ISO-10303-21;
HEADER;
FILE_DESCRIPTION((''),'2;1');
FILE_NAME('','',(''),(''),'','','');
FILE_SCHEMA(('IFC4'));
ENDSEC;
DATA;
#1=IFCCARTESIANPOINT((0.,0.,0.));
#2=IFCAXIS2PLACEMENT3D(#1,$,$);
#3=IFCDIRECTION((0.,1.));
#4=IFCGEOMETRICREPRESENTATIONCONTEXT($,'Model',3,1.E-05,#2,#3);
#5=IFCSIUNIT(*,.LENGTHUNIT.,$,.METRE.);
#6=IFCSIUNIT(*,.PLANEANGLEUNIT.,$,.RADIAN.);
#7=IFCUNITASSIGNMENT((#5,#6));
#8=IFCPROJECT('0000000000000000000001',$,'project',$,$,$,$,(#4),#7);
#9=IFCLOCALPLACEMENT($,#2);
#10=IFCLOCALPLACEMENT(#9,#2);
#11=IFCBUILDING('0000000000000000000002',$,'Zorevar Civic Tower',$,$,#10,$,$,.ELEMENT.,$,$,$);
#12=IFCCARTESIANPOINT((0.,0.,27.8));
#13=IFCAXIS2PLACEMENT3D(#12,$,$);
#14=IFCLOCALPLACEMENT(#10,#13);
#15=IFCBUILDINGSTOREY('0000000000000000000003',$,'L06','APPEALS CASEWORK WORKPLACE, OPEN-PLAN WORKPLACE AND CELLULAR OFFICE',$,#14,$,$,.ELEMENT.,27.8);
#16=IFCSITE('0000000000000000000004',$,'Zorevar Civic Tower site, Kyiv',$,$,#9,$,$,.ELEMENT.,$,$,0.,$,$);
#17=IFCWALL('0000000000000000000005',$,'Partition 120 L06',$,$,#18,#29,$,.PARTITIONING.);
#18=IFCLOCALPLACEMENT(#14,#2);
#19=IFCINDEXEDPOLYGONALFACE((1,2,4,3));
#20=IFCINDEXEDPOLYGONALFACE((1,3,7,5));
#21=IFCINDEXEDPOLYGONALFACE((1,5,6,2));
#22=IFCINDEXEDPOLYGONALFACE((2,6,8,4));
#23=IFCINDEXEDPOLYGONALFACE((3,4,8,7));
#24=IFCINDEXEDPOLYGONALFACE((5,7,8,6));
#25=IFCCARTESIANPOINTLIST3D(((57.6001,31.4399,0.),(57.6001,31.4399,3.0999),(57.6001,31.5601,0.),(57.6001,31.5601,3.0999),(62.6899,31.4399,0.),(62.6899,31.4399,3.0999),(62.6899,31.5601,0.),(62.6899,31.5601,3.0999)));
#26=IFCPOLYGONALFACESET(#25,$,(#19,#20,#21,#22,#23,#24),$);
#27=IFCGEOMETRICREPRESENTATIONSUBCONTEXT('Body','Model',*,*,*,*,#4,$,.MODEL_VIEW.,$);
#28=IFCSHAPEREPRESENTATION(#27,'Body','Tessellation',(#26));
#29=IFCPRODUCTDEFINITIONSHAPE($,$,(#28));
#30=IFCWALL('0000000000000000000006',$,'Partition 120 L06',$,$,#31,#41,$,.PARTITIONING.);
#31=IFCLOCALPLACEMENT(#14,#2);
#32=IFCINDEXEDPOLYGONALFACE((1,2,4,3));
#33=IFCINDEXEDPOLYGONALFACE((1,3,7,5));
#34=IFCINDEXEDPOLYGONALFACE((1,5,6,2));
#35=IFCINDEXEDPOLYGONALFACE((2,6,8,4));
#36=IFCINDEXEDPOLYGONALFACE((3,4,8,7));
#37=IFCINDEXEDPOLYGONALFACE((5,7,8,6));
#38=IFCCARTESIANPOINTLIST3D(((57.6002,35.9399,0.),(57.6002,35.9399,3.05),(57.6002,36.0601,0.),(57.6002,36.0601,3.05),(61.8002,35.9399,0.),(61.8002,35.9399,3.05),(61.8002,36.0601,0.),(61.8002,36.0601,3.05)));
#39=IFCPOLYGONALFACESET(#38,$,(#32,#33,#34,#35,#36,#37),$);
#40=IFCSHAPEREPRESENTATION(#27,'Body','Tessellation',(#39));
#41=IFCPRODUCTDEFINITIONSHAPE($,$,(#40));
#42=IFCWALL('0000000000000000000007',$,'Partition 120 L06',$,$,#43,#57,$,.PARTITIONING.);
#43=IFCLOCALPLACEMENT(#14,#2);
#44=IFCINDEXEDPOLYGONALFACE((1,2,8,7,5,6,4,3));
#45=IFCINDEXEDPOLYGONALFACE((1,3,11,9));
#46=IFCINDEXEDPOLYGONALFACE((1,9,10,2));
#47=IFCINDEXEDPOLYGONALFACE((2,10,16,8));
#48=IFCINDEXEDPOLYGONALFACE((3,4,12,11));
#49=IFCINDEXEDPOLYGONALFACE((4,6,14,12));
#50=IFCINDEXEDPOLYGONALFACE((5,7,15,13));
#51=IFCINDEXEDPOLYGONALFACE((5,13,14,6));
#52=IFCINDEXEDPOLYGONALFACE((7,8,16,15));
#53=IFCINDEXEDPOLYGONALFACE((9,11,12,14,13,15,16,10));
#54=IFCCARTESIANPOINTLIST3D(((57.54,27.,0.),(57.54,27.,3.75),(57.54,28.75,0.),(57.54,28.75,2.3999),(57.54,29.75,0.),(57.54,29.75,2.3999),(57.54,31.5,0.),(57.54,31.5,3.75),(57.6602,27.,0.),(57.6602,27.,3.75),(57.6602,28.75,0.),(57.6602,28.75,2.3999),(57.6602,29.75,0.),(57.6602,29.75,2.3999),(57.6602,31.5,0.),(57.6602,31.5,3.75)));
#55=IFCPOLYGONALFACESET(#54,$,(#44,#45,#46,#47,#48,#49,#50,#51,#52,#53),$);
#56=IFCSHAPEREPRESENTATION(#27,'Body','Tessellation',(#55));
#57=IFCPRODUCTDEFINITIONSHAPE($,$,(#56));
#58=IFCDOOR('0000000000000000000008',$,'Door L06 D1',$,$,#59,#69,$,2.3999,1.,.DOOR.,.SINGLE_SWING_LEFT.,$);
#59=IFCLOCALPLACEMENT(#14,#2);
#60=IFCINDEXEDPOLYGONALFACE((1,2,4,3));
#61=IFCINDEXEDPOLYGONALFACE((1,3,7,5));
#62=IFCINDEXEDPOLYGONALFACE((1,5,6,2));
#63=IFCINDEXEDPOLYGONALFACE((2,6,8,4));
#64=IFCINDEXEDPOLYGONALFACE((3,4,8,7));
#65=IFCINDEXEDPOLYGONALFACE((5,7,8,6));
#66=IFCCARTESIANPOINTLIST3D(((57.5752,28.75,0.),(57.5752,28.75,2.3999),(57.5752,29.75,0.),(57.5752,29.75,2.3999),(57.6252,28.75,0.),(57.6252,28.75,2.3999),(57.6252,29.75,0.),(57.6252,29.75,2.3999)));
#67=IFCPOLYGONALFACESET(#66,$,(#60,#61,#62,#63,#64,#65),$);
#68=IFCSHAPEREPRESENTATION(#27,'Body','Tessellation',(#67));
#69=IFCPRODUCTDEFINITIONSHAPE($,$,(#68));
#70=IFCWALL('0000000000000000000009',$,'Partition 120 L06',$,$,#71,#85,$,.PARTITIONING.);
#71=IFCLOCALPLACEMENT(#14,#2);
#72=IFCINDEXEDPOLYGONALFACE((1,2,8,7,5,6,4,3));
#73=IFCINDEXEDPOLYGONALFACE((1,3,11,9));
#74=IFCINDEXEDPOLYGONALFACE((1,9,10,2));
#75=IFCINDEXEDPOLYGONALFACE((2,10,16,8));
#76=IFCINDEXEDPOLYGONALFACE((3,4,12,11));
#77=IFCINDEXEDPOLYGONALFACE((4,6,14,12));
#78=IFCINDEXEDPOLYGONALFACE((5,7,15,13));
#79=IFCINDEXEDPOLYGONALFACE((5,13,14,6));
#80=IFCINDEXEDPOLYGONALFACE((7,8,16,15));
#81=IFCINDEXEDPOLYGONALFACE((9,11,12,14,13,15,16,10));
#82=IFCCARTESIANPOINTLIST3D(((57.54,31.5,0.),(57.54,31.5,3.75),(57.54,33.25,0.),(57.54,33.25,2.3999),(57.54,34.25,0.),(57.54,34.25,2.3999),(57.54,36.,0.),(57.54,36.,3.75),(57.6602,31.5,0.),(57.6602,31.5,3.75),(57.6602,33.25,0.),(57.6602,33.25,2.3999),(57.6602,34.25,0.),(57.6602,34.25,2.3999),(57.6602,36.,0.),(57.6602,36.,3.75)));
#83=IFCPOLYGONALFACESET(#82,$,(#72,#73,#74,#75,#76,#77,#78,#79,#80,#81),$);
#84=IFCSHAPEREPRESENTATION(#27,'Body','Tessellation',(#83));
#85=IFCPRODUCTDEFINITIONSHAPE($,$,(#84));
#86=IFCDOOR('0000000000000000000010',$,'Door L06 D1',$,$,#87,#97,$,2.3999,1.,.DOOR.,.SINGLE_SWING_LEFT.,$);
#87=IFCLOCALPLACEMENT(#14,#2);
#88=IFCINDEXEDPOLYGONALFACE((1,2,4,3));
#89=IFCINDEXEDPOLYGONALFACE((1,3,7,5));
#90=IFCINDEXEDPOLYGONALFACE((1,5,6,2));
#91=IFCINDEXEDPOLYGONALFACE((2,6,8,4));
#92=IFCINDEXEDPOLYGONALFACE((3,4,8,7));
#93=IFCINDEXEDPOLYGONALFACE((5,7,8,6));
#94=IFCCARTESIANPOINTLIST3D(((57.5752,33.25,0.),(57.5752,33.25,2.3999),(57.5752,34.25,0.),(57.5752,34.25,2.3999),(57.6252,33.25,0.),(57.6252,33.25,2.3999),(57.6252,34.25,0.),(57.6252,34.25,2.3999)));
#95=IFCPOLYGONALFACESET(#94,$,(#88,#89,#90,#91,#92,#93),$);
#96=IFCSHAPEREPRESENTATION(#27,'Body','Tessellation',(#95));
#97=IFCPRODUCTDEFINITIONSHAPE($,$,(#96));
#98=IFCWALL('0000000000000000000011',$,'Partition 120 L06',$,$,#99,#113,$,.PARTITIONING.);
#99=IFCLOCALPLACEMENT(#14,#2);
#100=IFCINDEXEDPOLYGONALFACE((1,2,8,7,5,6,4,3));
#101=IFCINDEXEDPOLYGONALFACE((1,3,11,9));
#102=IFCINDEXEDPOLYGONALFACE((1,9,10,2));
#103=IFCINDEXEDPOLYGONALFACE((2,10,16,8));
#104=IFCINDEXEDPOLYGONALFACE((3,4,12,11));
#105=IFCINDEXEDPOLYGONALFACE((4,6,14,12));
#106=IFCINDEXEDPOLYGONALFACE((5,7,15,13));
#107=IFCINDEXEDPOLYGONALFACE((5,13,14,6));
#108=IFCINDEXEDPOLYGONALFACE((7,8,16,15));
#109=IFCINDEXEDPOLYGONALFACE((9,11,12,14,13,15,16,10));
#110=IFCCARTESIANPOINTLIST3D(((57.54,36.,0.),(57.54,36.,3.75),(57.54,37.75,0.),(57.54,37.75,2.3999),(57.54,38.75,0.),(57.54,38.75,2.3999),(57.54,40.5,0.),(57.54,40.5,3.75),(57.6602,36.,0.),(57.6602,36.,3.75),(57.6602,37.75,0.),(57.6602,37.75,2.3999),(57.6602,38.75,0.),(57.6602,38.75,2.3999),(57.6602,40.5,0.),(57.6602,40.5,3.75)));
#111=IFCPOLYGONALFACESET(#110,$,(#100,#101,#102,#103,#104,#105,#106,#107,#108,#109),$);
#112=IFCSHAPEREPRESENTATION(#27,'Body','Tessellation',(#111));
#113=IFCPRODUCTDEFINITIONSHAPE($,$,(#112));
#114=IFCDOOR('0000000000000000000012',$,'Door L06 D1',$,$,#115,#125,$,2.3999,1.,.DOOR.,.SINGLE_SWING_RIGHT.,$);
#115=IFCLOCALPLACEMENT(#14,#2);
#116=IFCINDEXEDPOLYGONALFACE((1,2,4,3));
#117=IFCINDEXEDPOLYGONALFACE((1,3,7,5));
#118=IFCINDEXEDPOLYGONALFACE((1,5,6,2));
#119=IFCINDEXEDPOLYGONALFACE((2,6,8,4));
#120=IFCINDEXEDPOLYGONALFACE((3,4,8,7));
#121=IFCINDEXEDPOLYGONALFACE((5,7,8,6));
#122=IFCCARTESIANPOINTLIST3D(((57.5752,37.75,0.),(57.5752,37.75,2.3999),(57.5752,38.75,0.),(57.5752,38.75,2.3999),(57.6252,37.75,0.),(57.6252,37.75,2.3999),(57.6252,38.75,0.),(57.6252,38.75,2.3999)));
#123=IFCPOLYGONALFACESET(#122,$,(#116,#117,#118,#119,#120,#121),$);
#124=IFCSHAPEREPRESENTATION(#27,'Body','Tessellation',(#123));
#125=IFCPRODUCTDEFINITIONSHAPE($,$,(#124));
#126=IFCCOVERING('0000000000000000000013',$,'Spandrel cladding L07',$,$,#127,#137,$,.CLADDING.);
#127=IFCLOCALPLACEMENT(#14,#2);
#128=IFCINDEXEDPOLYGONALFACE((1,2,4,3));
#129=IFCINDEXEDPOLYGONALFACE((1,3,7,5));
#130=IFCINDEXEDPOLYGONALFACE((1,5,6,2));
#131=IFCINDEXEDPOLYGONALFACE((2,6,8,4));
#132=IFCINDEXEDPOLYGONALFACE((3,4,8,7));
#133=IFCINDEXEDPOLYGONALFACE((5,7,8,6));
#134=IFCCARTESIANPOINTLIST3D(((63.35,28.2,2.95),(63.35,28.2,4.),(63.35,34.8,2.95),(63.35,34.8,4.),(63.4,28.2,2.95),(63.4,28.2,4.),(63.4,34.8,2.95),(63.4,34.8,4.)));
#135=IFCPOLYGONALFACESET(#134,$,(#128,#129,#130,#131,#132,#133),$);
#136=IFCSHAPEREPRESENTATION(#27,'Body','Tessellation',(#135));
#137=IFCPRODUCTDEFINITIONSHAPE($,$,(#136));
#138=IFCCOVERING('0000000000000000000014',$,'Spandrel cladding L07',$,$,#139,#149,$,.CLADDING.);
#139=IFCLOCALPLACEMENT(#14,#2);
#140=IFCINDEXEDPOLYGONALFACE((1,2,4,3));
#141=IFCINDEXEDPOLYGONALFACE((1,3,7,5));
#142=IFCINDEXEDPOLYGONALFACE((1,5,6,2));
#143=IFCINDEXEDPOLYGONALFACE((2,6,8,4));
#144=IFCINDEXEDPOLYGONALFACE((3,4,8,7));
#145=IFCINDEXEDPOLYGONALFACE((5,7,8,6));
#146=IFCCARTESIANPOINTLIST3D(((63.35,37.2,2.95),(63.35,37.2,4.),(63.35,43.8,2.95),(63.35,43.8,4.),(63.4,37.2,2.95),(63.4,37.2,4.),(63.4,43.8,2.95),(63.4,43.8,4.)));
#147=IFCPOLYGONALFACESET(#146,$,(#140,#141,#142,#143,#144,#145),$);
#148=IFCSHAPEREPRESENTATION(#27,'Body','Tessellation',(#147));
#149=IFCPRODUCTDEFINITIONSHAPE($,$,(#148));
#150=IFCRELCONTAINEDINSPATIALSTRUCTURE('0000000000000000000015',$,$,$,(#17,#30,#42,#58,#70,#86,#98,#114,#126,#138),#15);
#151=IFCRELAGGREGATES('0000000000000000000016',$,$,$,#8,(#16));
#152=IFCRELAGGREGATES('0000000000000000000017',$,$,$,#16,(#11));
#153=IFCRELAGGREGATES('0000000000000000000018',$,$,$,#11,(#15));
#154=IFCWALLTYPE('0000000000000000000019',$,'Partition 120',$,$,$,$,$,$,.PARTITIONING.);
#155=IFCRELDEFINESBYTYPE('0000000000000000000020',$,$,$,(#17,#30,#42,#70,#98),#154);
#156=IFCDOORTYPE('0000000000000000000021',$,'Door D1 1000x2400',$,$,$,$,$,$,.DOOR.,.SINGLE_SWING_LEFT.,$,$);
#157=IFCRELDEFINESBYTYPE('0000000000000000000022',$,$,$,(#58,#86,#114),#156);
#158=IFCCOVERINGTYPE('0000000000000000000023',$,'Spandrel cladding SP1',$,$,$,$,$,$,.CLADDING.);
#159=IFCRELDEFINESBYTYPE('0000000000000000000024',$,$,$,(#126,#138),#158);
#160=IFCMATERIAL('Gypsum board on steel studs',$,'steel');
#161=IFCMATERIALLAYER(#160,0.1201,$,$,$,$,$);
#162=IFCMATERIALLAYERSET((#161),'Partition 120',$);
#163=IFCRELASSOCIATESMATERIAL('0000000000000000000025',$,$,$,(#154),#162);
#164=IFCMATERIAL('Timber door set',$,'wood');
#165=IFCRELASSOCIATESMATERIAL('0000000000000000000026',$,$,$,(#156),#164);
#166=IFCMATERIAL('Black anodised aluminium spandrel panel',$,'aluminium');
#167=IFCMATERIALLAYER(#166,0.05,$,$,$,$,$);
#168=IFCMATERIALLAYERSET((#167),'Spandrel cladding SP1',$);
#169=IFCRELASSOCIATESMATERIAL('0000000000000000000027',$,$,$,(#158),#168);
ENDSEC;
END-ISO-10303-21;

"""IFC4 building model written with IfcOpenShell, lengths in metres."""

from ifc_helpers import new_model, si_unit, direction, frame, frame_2d, origin, place, context, subcontext, project, spatial, rectangle, extrude, material, layer, layer_set, type_object, element, fill, save


model = new_model("IFC4")

# Units and contexts
model_context = context("Model", 3, precision=1e-05, world=origin(), true_north=direction((0.0, 1.0)))
body_context = subcontext(model_context, "Body", "Model", "MODEL_VIEW")
ifc_project = project(units=[si_unit("LENGTHUNIT", "METRE"), si_unit("PLANEANGLEUNIT", "RADIAN")], contexts=[model_context])

# Site, building, storey
site_placement = place(None, origin())
site = spatial("IfcSite", under=ifc_project, at=site_placement, Name="Zorevar Civic Tower site, Kyiv", CompositionType="ELEMENT", RefElevation=0.0)
building_placement = place(site_placement, origin())
building = spatial("IfcBuilding", under=site, at=building_placement, Name="Zorevar Civic Tower", CompositionType="ELEMENT")
storey_placement = place(building_placement, frame((0.0, 0.0, 27.8)))
storey = spatial("IfcBuildingStorey", under=building, at=storey_placement, Name="L06", Description="APPEALS CASEWORK WORKPLACE, OPEN-PLAN WORKPLACE AND CELLULAR OFFICE", CompositionType="ELEMENT", Elevation=27.8)

# Walls
ifc_material_1 = material(Name="Gypsum board on steel studs", Category="steel")
ifc_layer_1 = layer(ifc_material_1, 0.1201)
ifc_layer_set_1 = layer_set([ifc_layer_1], Name="Partition 120")
wall_type_1 = type_object("IfcWallType", Name="Partition 120", PredefinedType="PARTITIONING", material=ifc_layer_set_1)
wall_1_placement = place(storey_placement, frame((57.6001, 31.5, 0.0), z_axis=(0.0, 0.0, 1.0), x_axis=(1.0, 0.0, 0.0)))
element("IfcWall", 1, at=wall_1_placement, inside=storey, type_object=wall_type_1, Name="Partition 120 L06", PredefinedType="PARTITIONING", context=body_context, shape_type="SweptSolid", body=[
    extrude(rectangle(XDim=5.0898, YDim=0.1201, at=frame_2d((2.5449, 0.0))), origin(), (0.0, 0.0, 1.0), 3.0999),
])
wall_2_placement = place(storey_placement, frame((57.6001, 36.0, 0.0), z_axis=(0.0, 0.0, 1.0), x_axis=(1.0, 0.0, 0.0)))
element("IfcWall", 2, at=wall_2_placement, inside=storey, type_object=wall_type_1, Name="Partition 120 L06", PredefinedType="PARTITIONING", context=body_context, shape_type="SweptSolid", body=[
    extrude(rectangle(XDim=4.2, YDim=0.1201, at=frame_2d((2.1001, 0.0))), origin(), (0.0, 0.0, 1.0), 3.05),
])

# Walls, openings, doors
wall_3_placement = place(storey_placement, frame((57.6001, 27.0, 0.0), z_axis=(0.0, 0.0, 1.0), x_axis=(0.0, 1.0, 0.0)))
wall_3 = element("IfcWall", 3, at=wall_3_placement, inside=storey, type_object=wall_type_1, Name="Partition 120 L06", PredefinedType="PARTITIONING", context=body_context, shape_type="SweptSolid", body=[
    extrude(rectangle(XDim=4.5, YDim=0.1201, at=frame_2d((2.25, 0.0))), origin(), (0.0, 0.0, 1.0), 3.75),
])
opening_1_placement = place(wall_3_placement, frame((1.75, 0.0, 0.0)))
opening_1 = element("IfcOpeningElement", 4, at=opening_1_placement, cuts=wall_3, PredefinedType="OPENING", context=body_context, shape_type="SweptSolid", body=[
    extrude(rectangle(XDim=1.0, YDim=2.3999, at=frame_2d((0.5, 1.2))), frame((0.0, 0.0701, 0.0), z_axis=(0.0, -1.0, 0.0), x_axis=(1.0, 0.0, 0.0)), (0.0, 0.0, 1.0), 0.1401),
])
ifc_material_2 = material(Name="Timber door set", Category="wood")
door_type_1 = type_object("IfcDoorType", Name="Door D1 1000x2400", OperationType="SINGLE_SWING_LEFT", PredefinedType="DOOR", material=ifc_material_2)
door_1_placement = place(opening_1_placement, origin())
door_1 = element("IfcDoor", 5, at=door_1_placement, inside=storey, type_object=door_type_1, Name="Door L06 D1", OperationType="SINGLE_SWING_LEFT", OverallHeight=2.3999, OverallWidth=1.0, PredefinedType="DOOR", context=body_context, shape_type="SweptSolid", body=[
    extrude(rectangle(XDim=1.0, YDim=2.3999, at=frame_2d((0.5, 1.2))), frame((0.0, 0.0249, 0.0), z_axis=(0.0, -1.0, 0.0), x_axis=(1.0, 0.0, 0.0)), (0.0, 0.0, 1.0), 0.05),
])
fill(opening_1, door_1)
wall_4_placement = place(storey_placement, frame((57.6001, 31.5, 0.0), z_axis=(0.0, 0.0, 1.0), x_axis=(0.0, 1.0, 0.0)))
wall_4 = element("IfcWall", 6, at=wall_4_placement, inside=storey, type_object=wall_type_1, Name="Partition 120 L06", PredefinedType="PARTITIONING", context=body_context, shape_type="SweptSolid", body=[
    extrude(rectangle(XDim=4.5, YDim=0.1201, at=frame_2d((2.25, 0.0))), origin(), (0.0, 0.0, 1.0), 3.75),
])
opening_2_placement = place(wall_4_placement, frame((1.75, 0.0, 0.0)))
opening_2 = element("IfcOpeningElement", 7, at=opening_2_placement, cuts=wall_4, PredefinedType="OPENING", context=body_context, shape_type="SweptSolid", body=[
    extrude(rectangle(XDim=1.0, YDim=2.3999, at=frame_2d((0.5, 1.2))), frame((0.0, 0.0701, 0.0), z_axis=(0.0, -1.0, 0.0), x_axis=(1.0, 0.0, 0.0)), (0.0, 0.0, 1.0), 0.1401),
])
door_2_placement = place(opening_2_placement, origin())
door_2 = element("IfcDoor", 8, at=door_2_placement, inside=storey, type_object=door_type_1, Name="Door L06 D1", OperationType="SINGLE_SWING_LEFT", OverallHeight=2.3999, OverallWidth=1.0, PredefinedType="DOOR", context=body_context, shape_type="SweptSolid", body=[
    extrude(rectangle(XDim=1.0, YDim=2.3999, at=frame_2d((0.5, 1.2))), frame((0.0, 0.0249, 0.0), z_axis=(0.0, -1.0, 0.0), x_axis=(1.0, 0.0, 0.0)), (0.0, 0.0, 1.0), 0.05),
])
fill(opening_2, door_2)
wall_5_placement = place(storey_placement, frame((57.6001, 36.0, 0.0), z_axis=(0.0, 0.0, 1.0), x_axis=(0.0, 1.0, 0.0)))
wall_5 = element("IfcWall", 9, at=wall_5_placement, inside=storey, type_object=wall_type_1, Name="Partition 120 L06", PredefinedType="PARTITIONING", context=body_context, shape_type="SweptSolid", body=[
    extrude(rectangle(XDim=4.5, YDim=0.1201, at=frame_2d((2.25, 0.0))), origin(), (0.0, 0.0, 1.0), 3.75),
])
opening_3_placement = place(wall_5_placement, frame((1.75, 0.0, 0.0)))
opening_3 = element("IfcOpeningElement", 10, at=opening_3_placement, cuts=wall_5, PredefinedType="OPENING", context=body_context, shape_type="SweptSolid", body=[
    extrude(rectangle(XDim=1.0, YDim=2.3999, at=frame_2d((0.5, 1.2))), frame((0.0, 0.0701, 0.0), z_axis=(0.0, -1.0, 0.0), x_axis=(1.0, 0.0, 0.0)), (0.0, 0.0, 1.0), 0.1401),
])
door_3_placement = place(opening_3_placement, origin())
door_3 = element("IfcDoor", 11, at=door_3_placement, inside=storey, type_object=door_type_1, Name="Door L06 D1", OperationType="SINGLE_SWING_RIGHT", OverallHeight=2.3999, OverallWidth=1.0, PredefinedType="DOOR", context=body_context, shape_type="SweptSolid", body=[
    extrude(rectangle(XDim=1.0, YDim=2.3999, at=frame_2d((0.5, 1.2))), frame((0.0, 0.0249, 0.0), z_axis=(0.0, -1.0, 0.0), x_axis=(1.0, 0.0, 0.0)), (0.0, 0.0, 1.0), 0.05),
])
fill(opening_3, door_3)

# Coverings
ifc_material_3 = material(Name="Black anodised aluminium spandrel panel", Category="aluminium")
ifc_layer_2 = layer(ifc_material_3, 0.05)
ifc_layer_set_2 = layer_set([ifc_layer_2], Name="Spandrel cladding SP1")
covering_type = type_object("IfcCoveringType", Name="Spandrel cladding SP1", PredefinedType="CLADDING", material=ifc_layer_set_2)
for number, where, z_axis, x_axis, name in (
    (12, (63.375, 28.2, 2.95), (0.0, 0.0, 1.0), (0.0, 1.0, 0.0), "Spandrel cladding L07"),
    (13, (63.375, 37.2, 2.95), (0.0, 0.0, 1.0), (0.0, 1.0, 0.0), "Spandrel cladding L07"),
):
    element("IfcCovering", number, at=place(storey_placement, frame(where, z_axis=z_axis, x_axis=x_axis)), inside=storey, type_object=covering_type, Name=name, PredefinedType="CLADDING", context=body_context, shape_type="SweptSolid", body=[
        extrude(rectangle(XDim=6.6001, YDim=0.05, at=frame_2d((3.3, 0.0))), origin(), (0.0, 0.0, 1.0), 1.05),
    ])

save(model, "model.ifc")
